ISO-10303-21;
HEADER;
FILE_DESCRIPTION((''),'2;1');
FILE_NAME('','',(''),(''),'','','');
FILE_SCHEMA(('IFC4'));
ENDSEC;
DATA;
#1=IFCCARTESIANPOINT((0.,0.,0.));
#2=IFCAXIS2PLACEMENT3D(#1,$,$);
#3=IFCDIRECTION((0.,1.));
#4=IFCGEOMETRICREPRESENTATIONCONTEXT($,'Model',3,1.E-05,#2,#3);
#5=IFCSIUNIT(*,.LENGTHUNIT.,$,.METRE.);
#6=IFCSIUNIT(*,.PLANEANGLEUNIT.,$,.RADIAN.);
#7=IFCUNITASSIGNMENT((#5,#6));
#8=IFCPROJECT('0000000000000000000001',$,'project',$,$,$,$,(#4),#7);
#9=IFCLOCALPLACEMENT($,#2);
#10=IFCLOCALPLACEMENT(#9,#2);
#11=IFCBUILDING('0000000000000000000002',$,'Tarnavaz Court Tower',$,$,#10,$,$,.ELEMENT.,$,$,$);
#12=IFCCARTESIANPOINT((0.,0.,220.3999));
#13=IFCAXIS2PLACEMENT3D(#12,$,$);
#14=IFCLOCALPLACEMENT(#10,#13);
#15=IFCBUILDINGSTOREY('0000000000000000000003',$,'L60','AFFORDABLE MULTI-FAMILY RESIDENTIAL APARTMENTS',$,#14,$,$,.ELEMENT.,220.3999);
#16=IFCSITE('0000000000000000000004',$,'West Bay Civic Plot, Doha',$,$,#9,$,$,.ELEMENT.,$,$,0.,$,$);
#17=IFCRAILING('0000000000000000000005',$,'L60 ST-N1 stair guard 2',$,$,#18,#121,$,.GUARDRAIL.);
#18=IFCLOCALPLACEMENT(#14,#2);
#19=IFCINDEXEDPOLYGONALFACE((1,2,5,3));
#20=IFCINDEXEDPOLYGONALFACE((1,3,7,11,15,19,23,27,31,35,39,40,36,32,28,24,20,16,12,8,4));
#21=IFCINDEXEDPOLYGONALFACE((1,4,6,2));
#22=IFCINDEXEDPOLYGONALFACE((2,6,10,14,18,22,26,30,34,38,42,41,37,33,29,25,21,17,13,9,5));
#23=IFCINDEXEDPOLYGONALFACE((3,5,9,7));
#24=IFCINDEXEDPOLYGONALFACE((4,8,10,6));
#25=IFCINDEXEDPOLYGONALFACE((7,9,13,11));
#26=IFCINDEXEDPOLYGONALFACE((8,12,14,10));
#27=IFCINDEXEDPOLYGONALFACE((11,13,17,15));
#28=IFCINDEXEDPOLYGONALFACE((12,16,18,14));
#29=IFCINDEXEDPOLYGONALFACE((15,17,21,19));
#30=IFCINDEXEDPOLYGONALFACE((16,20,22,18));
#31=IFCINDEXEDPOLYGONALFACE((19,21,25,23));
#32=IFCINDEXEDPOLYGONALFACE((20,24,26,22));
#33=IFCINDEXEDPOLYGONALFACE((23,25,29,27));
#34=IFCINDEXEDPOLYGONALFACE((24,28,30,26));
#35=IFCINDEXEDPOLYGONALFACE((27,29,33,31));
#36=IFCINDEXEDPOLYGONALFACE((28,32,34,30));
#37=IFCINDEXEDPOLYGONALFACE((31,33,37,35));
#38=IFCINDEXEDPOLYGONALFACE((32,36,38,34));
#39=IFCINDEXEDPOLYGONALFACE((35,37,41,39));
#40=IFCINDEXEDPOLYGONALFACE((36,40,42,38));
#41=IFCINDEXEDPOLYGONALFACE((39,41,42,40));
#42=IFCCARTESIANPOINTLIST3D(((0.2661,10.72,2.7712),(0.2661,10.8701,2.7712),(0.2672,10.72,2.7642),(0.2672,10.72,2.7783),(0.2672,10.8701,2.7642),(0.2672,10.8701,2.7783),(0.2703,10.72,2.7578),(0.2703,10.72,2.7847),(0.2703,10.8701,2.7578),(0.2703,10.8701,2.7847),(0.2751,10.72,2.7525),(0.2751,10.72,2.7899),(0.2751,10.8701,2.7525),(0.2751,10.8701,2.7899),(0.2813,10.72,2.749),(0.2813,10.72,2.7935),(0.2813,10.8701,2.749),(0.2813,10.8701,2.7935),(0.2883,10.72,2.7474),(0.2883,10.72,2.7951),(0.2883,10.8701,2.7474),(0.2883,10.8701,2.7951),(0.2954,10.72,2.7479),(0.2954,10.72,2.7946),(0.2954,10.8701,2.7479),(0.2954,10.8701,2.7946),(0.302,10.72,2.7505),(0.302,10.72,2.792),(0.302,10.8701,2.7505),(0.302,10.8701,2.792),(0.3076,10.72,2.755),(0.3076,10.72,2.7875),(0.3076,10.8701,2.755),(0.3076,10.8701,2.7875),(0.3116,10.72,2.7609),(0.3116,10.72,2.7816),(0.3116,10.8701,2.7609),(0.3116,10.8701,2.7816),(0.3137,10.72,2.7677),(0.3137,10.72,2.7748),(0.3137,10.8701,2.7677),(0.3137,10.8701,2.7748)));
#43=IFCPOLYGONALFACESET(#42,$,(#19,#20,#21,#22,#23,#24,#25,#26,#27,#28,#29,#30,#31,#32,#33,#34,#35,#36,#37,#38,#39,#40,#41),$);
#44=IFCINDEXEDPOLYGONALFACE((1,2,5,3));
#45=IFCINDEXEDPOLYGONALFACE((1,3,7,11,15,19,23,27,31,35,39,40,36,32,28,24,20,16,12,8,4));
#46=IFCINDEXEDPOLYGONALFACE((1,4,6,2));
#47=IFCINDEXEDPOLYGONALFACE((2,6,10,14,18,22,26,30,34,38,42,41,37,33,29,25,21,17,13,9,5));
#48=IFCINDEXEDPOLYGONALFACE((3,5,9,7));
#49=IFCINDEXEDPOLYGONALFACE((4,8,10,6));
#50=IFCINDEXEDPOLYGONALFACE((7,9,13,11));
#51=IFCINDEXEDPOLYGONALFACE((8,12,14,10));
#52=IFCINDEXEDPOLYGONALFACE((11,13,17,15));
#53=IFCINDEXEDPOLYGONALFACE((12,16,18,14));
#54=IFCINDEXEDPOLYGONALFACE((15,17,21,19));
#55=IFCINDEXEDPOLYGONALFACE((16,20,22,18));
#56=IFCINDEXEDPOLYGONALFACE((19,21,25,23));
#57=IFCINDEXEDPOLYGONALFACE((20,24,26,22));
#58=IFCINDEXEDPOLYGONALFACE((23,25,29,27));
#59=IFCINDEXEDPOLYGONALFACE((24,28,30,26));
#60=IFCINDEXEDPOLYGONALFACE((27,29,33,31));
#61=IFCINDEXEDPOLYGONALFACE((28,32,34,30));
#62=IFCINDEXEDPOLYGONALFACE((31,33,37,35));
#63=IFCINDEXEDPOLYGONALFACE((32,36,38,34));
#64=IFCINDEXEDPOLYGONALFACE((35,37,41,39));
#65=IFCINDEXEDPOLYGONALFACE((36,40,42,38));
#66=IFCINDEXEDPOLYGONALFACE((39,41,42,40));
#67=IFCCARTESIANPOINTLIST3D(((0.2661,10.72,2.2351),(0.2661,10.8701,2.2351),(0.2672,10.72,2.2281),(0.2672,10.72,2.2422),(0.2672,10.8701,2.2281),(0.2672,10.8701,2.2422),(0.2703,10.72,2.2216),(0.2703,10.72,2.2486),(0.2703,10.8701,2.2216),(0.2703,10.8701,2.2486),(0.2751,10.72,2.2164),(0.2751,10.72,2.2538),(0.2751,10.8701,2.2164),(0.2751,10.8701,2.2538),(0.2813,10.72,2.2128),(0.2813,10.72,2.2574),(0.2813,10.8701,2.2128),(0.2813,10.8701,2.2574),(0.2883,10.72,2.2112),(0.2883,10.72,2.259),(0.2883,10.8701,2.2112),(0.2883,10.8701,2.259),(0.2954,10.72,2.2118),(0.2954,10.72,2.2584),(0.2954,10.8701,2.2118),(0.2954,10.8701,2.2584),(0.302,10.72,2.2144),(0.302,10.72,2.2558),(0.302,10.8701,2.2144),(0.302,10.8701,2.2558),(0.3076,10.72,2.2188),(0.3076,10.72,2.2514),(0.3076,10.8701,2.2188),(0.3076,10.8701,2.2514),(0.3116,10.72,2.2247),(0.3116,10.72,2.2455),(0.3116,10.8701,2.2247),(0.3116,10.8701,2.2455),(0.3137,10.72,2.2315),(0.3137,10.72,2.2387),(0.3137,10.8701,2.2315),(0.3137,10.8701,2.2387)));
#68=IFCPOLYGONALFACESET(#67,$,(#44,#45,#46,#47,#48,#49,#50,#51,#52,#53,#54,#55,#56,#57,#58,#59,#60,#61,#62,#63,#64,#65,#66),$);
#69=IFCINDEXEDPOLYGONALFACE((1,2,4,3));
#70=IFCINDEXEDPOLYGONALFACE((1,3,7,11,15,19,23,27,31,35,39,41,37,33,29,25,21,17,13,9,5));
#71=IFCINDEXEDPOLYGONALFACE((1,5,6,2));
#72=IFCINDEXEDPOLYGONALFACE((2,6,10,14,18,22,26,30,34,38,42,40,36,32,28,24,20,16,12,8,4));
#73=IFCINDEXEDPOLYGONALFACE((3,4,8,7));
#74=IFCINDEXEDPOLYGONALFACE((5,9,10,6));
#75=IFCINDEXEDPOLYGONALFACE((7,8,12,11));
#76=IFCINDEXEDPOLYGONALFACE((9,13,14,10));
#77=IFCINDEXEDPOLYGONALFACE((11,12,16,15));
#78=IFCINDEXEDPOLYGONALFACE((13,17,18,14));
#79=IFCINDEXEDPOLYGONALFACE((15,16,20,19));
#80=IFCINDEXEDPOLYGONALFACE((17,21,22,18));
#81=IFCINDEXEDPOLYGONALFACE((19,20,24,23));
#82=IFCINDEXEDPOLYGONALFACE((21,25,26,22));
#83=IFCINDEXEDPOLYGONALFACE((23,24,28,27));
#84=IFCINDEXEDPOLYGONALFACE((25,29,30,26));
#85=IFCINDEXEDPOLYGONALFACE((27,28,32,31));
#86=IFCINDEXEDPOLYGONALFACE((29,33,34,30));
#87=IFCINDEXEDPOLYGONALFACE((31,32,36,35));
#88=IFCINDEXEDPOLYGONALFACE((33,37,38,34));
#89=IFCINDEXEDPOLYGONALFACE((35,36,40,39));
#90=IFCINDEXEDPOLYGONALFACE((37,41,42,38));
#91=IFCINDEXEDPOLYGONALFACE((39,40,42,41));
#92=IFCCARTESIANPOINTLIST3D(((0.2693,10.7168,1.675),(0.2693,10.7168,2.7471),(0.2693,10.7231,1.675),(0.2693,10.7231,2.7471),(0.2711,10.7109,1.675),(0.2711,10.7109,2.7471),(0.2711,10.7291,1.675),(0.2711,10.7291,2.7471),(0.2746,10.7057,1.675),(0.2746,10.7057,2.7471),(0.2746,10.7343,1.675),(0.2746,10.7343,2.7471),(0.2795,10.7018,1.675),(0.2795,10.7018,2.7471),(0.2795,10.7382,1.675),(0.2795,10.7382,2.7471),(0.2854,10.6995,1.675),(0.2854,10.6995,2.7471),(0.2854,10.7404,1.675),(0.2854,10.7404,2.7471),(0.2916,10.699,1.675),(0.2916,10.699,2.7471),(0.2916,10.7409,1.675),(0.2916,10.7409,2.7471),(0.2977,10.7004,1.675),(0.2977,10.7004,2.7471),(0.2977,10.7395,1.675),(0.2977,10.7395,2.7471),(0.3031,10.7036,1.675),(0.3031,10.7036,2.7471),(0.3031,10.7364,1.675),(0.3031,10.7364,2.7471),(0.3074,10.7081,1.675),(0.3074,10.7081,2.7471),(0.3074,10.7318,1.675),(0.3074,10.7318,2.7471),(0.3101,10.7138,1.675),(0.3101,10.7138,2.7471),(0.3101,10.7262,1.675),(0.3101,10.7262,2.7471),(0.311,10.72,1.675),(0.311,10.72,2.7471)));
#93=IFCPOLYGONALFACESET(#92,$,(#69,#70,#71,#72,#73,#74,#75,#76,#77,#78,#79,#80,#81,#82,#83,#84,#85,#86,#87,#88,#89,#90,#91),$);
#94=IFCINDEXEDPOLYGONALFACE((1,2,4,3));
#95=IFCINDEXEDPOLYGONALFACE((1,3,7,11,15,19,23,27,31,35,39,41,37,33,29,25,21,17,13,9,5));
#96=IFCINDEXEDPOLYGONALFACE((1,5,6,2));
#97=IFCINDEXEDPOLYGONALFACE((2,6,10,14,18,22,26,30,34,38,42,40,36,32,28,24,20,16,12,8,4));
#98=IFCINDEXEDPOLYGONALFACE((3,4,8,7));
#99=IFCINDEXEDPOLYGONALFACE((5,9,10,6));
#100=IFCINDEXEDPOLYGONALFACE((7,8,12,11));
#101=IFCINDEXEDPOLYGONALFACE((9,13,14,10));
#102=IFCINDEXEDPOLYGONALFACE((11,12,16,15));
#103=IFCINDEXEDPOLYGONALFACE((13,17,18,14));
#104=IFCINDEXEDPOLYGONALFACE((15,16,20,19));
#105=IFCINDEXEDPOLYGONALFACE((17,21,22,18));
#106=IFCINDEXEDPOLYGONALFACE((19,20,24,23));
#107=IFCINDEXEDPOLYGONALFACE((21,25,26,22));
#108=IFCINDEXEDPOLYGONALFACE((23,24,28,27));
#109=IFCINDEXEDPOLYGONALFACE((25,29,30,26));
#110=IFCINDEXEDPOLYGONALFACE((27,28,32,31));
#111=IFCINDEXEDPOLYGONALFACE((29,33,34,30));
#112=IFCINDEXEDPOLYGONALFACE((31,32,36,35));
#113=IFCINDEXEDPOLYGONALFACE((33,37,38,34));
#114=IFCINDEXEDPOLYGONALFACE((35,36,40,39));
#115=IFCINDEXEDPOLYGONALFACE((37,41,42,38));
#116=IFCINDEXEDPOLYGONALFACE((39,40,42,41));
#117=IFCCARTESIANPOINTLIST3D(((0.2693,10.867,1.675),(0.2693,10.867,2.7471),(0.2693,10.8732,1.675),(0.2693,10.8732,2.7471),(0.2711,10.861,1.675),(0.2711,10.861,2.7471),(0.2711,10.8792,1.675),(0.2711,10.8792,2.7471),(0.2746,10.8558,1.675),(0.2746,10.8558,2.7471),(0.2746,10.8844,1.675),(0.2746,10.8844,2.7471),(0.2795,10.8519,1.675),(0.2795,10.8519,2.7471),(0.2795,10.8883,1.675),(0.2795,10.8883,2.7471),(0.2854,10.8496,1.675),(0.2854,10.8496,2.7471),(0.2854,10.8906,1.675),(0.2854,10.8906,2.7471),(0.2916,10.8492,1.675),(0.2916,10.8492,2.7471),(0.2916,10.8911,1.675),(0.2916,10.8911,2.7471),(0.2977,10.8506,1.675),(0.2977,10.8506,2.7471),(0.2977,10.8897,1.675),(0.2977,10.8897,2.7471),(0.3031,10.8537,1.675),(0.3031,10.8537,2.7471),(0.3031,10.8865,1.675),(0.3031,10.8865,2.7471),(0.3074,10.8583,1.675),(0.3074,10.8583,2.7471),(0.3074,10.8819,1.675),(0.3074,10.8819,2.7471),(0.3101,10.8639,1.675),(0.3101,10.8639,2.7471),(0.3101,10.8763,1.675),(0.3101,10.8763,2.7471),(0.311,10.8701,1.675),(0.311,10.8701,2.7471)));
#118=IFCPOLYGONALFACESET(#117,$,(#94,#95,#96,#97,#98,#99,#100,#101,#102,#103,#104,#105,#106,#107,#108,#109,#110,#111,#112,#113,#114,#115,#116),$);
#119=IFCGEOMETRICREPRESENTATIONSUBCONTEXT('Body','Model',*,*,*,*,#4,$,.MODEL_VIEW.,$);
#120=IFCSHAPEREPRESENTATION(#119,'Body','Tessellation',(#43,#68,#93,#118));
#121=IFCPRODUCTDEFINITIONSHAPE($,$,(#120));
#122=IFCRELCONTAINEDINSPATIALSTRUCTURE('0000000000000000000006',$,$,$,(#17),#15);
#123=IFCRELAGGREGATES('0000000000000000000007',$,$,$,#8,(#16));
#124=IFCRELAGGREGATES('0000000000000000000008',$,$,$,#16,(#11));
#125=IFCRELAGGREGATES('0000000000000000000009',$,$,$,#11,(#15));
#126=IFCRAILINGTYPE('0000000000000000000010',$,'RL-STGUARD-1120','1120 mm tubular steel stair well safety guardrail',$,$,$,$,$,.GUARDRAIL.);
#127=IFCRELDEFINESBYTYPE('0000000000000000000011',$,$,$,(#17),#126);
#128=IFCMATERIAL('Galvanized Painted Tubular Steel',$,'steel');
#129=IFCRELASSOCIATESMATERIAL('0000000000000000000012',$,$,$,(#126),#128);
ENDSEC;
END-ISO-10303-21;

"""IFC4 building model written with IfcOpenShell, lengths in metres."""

from ifc_helpers import new_model, si_unit, direction, frame, origin, origin_2d, place, context, subcontext, project, spatial, circle, extrude, material, type_object, element, save


model = new_model("IFC4")

# Units and contexts
model_context = context("Model", 3, precision=1e-05, world=origin(), true_north=direction((0.0, 1.0)))
body_context = subcontext(model_context, "Body", "Model", "MODEL_VIEW")
ifc_project = project(units=[si_unit("LENGTHUNIT", "METRE"), si_unit("PLANEANGLEUNIT", "RADIAN")], contexts=[model_context])

# Site, building, storey
site_placement = place(None, origin())
site = spatial("IfcSite", under=ifc_project, at=site_placement, Name="West Bay Civic Plot, Doha", CompositionType="ELEMENT", RefElevation=0.0)
building_placement = place(site_placement, origin())
building = spatial("IfcBuilding", under=site, at=building_placement, Name="Tarnavaz Court Tower", CompositionType="ELEMENT")
storey_placement = place(building_placement, frame((0.0, 0.0, 220.3999)))
storey = spatial("IfcBuildingStorey", under=building, at=storey_placement, Name="L60", Description="AFFORDABLE MULTI-FAMILY RESIDENTIAL APARTMENTS", CompositionType="ELEMENT", Elevation=220.3999)

# Railing
ifc_material_1 = material(Name="Galvanized Painted Tubular Steel", Category="steel")
railing_type_1 = type_object("IfcRailingType", Name="RL-STGUARD-1120", Description="1120 mm tubular steel stair well safety guardrail", PredefinedType="GUARDRAIL", material=ifc_material_1)
railing_1_placement = place(storey_placement, frame((0.29, 10.72, 1.675)))
element("IfcRailing", 1, at=railing_1_placement, inside=storey, type_object=railing_type_1, Name="L60 ST-N1 stair guard 2", PredefinedType="GUARDRAIL", context=body_context, shape_type="SweptSolid", body=[
    extrude(circle(Radius=0.0239, at=origin_2d()), frame((0.0, 0.0, 1.0962), z_axis=(0.0, 1.0, 0.0), x_axis=(-1.0, 0.0, 0.0)), (0.0, 0.0, 1.0), 0.1501),
    extrude(circle(Radius=0.0239, at=origin_2d()), frame((0.0, 0.0, 0.5601), z_axis=(0.0, 1.0, 0.0), x_axis=(-1.0, 0.0, 0.0)), (0.0, 0.0, 1.0), 0.1501),
    extrude(circle(Radius=0.021, at=origin_2d()), origin(), (0.0, 0.0, 1.0), 1.072),
    extrude(circle(Radius=0.021, at=origin_2d()), frame((0.0, 0.1501, 0.0)), (0.0, 0.0, 1.0), 1.072),
])

save(model, "model.ifc")
